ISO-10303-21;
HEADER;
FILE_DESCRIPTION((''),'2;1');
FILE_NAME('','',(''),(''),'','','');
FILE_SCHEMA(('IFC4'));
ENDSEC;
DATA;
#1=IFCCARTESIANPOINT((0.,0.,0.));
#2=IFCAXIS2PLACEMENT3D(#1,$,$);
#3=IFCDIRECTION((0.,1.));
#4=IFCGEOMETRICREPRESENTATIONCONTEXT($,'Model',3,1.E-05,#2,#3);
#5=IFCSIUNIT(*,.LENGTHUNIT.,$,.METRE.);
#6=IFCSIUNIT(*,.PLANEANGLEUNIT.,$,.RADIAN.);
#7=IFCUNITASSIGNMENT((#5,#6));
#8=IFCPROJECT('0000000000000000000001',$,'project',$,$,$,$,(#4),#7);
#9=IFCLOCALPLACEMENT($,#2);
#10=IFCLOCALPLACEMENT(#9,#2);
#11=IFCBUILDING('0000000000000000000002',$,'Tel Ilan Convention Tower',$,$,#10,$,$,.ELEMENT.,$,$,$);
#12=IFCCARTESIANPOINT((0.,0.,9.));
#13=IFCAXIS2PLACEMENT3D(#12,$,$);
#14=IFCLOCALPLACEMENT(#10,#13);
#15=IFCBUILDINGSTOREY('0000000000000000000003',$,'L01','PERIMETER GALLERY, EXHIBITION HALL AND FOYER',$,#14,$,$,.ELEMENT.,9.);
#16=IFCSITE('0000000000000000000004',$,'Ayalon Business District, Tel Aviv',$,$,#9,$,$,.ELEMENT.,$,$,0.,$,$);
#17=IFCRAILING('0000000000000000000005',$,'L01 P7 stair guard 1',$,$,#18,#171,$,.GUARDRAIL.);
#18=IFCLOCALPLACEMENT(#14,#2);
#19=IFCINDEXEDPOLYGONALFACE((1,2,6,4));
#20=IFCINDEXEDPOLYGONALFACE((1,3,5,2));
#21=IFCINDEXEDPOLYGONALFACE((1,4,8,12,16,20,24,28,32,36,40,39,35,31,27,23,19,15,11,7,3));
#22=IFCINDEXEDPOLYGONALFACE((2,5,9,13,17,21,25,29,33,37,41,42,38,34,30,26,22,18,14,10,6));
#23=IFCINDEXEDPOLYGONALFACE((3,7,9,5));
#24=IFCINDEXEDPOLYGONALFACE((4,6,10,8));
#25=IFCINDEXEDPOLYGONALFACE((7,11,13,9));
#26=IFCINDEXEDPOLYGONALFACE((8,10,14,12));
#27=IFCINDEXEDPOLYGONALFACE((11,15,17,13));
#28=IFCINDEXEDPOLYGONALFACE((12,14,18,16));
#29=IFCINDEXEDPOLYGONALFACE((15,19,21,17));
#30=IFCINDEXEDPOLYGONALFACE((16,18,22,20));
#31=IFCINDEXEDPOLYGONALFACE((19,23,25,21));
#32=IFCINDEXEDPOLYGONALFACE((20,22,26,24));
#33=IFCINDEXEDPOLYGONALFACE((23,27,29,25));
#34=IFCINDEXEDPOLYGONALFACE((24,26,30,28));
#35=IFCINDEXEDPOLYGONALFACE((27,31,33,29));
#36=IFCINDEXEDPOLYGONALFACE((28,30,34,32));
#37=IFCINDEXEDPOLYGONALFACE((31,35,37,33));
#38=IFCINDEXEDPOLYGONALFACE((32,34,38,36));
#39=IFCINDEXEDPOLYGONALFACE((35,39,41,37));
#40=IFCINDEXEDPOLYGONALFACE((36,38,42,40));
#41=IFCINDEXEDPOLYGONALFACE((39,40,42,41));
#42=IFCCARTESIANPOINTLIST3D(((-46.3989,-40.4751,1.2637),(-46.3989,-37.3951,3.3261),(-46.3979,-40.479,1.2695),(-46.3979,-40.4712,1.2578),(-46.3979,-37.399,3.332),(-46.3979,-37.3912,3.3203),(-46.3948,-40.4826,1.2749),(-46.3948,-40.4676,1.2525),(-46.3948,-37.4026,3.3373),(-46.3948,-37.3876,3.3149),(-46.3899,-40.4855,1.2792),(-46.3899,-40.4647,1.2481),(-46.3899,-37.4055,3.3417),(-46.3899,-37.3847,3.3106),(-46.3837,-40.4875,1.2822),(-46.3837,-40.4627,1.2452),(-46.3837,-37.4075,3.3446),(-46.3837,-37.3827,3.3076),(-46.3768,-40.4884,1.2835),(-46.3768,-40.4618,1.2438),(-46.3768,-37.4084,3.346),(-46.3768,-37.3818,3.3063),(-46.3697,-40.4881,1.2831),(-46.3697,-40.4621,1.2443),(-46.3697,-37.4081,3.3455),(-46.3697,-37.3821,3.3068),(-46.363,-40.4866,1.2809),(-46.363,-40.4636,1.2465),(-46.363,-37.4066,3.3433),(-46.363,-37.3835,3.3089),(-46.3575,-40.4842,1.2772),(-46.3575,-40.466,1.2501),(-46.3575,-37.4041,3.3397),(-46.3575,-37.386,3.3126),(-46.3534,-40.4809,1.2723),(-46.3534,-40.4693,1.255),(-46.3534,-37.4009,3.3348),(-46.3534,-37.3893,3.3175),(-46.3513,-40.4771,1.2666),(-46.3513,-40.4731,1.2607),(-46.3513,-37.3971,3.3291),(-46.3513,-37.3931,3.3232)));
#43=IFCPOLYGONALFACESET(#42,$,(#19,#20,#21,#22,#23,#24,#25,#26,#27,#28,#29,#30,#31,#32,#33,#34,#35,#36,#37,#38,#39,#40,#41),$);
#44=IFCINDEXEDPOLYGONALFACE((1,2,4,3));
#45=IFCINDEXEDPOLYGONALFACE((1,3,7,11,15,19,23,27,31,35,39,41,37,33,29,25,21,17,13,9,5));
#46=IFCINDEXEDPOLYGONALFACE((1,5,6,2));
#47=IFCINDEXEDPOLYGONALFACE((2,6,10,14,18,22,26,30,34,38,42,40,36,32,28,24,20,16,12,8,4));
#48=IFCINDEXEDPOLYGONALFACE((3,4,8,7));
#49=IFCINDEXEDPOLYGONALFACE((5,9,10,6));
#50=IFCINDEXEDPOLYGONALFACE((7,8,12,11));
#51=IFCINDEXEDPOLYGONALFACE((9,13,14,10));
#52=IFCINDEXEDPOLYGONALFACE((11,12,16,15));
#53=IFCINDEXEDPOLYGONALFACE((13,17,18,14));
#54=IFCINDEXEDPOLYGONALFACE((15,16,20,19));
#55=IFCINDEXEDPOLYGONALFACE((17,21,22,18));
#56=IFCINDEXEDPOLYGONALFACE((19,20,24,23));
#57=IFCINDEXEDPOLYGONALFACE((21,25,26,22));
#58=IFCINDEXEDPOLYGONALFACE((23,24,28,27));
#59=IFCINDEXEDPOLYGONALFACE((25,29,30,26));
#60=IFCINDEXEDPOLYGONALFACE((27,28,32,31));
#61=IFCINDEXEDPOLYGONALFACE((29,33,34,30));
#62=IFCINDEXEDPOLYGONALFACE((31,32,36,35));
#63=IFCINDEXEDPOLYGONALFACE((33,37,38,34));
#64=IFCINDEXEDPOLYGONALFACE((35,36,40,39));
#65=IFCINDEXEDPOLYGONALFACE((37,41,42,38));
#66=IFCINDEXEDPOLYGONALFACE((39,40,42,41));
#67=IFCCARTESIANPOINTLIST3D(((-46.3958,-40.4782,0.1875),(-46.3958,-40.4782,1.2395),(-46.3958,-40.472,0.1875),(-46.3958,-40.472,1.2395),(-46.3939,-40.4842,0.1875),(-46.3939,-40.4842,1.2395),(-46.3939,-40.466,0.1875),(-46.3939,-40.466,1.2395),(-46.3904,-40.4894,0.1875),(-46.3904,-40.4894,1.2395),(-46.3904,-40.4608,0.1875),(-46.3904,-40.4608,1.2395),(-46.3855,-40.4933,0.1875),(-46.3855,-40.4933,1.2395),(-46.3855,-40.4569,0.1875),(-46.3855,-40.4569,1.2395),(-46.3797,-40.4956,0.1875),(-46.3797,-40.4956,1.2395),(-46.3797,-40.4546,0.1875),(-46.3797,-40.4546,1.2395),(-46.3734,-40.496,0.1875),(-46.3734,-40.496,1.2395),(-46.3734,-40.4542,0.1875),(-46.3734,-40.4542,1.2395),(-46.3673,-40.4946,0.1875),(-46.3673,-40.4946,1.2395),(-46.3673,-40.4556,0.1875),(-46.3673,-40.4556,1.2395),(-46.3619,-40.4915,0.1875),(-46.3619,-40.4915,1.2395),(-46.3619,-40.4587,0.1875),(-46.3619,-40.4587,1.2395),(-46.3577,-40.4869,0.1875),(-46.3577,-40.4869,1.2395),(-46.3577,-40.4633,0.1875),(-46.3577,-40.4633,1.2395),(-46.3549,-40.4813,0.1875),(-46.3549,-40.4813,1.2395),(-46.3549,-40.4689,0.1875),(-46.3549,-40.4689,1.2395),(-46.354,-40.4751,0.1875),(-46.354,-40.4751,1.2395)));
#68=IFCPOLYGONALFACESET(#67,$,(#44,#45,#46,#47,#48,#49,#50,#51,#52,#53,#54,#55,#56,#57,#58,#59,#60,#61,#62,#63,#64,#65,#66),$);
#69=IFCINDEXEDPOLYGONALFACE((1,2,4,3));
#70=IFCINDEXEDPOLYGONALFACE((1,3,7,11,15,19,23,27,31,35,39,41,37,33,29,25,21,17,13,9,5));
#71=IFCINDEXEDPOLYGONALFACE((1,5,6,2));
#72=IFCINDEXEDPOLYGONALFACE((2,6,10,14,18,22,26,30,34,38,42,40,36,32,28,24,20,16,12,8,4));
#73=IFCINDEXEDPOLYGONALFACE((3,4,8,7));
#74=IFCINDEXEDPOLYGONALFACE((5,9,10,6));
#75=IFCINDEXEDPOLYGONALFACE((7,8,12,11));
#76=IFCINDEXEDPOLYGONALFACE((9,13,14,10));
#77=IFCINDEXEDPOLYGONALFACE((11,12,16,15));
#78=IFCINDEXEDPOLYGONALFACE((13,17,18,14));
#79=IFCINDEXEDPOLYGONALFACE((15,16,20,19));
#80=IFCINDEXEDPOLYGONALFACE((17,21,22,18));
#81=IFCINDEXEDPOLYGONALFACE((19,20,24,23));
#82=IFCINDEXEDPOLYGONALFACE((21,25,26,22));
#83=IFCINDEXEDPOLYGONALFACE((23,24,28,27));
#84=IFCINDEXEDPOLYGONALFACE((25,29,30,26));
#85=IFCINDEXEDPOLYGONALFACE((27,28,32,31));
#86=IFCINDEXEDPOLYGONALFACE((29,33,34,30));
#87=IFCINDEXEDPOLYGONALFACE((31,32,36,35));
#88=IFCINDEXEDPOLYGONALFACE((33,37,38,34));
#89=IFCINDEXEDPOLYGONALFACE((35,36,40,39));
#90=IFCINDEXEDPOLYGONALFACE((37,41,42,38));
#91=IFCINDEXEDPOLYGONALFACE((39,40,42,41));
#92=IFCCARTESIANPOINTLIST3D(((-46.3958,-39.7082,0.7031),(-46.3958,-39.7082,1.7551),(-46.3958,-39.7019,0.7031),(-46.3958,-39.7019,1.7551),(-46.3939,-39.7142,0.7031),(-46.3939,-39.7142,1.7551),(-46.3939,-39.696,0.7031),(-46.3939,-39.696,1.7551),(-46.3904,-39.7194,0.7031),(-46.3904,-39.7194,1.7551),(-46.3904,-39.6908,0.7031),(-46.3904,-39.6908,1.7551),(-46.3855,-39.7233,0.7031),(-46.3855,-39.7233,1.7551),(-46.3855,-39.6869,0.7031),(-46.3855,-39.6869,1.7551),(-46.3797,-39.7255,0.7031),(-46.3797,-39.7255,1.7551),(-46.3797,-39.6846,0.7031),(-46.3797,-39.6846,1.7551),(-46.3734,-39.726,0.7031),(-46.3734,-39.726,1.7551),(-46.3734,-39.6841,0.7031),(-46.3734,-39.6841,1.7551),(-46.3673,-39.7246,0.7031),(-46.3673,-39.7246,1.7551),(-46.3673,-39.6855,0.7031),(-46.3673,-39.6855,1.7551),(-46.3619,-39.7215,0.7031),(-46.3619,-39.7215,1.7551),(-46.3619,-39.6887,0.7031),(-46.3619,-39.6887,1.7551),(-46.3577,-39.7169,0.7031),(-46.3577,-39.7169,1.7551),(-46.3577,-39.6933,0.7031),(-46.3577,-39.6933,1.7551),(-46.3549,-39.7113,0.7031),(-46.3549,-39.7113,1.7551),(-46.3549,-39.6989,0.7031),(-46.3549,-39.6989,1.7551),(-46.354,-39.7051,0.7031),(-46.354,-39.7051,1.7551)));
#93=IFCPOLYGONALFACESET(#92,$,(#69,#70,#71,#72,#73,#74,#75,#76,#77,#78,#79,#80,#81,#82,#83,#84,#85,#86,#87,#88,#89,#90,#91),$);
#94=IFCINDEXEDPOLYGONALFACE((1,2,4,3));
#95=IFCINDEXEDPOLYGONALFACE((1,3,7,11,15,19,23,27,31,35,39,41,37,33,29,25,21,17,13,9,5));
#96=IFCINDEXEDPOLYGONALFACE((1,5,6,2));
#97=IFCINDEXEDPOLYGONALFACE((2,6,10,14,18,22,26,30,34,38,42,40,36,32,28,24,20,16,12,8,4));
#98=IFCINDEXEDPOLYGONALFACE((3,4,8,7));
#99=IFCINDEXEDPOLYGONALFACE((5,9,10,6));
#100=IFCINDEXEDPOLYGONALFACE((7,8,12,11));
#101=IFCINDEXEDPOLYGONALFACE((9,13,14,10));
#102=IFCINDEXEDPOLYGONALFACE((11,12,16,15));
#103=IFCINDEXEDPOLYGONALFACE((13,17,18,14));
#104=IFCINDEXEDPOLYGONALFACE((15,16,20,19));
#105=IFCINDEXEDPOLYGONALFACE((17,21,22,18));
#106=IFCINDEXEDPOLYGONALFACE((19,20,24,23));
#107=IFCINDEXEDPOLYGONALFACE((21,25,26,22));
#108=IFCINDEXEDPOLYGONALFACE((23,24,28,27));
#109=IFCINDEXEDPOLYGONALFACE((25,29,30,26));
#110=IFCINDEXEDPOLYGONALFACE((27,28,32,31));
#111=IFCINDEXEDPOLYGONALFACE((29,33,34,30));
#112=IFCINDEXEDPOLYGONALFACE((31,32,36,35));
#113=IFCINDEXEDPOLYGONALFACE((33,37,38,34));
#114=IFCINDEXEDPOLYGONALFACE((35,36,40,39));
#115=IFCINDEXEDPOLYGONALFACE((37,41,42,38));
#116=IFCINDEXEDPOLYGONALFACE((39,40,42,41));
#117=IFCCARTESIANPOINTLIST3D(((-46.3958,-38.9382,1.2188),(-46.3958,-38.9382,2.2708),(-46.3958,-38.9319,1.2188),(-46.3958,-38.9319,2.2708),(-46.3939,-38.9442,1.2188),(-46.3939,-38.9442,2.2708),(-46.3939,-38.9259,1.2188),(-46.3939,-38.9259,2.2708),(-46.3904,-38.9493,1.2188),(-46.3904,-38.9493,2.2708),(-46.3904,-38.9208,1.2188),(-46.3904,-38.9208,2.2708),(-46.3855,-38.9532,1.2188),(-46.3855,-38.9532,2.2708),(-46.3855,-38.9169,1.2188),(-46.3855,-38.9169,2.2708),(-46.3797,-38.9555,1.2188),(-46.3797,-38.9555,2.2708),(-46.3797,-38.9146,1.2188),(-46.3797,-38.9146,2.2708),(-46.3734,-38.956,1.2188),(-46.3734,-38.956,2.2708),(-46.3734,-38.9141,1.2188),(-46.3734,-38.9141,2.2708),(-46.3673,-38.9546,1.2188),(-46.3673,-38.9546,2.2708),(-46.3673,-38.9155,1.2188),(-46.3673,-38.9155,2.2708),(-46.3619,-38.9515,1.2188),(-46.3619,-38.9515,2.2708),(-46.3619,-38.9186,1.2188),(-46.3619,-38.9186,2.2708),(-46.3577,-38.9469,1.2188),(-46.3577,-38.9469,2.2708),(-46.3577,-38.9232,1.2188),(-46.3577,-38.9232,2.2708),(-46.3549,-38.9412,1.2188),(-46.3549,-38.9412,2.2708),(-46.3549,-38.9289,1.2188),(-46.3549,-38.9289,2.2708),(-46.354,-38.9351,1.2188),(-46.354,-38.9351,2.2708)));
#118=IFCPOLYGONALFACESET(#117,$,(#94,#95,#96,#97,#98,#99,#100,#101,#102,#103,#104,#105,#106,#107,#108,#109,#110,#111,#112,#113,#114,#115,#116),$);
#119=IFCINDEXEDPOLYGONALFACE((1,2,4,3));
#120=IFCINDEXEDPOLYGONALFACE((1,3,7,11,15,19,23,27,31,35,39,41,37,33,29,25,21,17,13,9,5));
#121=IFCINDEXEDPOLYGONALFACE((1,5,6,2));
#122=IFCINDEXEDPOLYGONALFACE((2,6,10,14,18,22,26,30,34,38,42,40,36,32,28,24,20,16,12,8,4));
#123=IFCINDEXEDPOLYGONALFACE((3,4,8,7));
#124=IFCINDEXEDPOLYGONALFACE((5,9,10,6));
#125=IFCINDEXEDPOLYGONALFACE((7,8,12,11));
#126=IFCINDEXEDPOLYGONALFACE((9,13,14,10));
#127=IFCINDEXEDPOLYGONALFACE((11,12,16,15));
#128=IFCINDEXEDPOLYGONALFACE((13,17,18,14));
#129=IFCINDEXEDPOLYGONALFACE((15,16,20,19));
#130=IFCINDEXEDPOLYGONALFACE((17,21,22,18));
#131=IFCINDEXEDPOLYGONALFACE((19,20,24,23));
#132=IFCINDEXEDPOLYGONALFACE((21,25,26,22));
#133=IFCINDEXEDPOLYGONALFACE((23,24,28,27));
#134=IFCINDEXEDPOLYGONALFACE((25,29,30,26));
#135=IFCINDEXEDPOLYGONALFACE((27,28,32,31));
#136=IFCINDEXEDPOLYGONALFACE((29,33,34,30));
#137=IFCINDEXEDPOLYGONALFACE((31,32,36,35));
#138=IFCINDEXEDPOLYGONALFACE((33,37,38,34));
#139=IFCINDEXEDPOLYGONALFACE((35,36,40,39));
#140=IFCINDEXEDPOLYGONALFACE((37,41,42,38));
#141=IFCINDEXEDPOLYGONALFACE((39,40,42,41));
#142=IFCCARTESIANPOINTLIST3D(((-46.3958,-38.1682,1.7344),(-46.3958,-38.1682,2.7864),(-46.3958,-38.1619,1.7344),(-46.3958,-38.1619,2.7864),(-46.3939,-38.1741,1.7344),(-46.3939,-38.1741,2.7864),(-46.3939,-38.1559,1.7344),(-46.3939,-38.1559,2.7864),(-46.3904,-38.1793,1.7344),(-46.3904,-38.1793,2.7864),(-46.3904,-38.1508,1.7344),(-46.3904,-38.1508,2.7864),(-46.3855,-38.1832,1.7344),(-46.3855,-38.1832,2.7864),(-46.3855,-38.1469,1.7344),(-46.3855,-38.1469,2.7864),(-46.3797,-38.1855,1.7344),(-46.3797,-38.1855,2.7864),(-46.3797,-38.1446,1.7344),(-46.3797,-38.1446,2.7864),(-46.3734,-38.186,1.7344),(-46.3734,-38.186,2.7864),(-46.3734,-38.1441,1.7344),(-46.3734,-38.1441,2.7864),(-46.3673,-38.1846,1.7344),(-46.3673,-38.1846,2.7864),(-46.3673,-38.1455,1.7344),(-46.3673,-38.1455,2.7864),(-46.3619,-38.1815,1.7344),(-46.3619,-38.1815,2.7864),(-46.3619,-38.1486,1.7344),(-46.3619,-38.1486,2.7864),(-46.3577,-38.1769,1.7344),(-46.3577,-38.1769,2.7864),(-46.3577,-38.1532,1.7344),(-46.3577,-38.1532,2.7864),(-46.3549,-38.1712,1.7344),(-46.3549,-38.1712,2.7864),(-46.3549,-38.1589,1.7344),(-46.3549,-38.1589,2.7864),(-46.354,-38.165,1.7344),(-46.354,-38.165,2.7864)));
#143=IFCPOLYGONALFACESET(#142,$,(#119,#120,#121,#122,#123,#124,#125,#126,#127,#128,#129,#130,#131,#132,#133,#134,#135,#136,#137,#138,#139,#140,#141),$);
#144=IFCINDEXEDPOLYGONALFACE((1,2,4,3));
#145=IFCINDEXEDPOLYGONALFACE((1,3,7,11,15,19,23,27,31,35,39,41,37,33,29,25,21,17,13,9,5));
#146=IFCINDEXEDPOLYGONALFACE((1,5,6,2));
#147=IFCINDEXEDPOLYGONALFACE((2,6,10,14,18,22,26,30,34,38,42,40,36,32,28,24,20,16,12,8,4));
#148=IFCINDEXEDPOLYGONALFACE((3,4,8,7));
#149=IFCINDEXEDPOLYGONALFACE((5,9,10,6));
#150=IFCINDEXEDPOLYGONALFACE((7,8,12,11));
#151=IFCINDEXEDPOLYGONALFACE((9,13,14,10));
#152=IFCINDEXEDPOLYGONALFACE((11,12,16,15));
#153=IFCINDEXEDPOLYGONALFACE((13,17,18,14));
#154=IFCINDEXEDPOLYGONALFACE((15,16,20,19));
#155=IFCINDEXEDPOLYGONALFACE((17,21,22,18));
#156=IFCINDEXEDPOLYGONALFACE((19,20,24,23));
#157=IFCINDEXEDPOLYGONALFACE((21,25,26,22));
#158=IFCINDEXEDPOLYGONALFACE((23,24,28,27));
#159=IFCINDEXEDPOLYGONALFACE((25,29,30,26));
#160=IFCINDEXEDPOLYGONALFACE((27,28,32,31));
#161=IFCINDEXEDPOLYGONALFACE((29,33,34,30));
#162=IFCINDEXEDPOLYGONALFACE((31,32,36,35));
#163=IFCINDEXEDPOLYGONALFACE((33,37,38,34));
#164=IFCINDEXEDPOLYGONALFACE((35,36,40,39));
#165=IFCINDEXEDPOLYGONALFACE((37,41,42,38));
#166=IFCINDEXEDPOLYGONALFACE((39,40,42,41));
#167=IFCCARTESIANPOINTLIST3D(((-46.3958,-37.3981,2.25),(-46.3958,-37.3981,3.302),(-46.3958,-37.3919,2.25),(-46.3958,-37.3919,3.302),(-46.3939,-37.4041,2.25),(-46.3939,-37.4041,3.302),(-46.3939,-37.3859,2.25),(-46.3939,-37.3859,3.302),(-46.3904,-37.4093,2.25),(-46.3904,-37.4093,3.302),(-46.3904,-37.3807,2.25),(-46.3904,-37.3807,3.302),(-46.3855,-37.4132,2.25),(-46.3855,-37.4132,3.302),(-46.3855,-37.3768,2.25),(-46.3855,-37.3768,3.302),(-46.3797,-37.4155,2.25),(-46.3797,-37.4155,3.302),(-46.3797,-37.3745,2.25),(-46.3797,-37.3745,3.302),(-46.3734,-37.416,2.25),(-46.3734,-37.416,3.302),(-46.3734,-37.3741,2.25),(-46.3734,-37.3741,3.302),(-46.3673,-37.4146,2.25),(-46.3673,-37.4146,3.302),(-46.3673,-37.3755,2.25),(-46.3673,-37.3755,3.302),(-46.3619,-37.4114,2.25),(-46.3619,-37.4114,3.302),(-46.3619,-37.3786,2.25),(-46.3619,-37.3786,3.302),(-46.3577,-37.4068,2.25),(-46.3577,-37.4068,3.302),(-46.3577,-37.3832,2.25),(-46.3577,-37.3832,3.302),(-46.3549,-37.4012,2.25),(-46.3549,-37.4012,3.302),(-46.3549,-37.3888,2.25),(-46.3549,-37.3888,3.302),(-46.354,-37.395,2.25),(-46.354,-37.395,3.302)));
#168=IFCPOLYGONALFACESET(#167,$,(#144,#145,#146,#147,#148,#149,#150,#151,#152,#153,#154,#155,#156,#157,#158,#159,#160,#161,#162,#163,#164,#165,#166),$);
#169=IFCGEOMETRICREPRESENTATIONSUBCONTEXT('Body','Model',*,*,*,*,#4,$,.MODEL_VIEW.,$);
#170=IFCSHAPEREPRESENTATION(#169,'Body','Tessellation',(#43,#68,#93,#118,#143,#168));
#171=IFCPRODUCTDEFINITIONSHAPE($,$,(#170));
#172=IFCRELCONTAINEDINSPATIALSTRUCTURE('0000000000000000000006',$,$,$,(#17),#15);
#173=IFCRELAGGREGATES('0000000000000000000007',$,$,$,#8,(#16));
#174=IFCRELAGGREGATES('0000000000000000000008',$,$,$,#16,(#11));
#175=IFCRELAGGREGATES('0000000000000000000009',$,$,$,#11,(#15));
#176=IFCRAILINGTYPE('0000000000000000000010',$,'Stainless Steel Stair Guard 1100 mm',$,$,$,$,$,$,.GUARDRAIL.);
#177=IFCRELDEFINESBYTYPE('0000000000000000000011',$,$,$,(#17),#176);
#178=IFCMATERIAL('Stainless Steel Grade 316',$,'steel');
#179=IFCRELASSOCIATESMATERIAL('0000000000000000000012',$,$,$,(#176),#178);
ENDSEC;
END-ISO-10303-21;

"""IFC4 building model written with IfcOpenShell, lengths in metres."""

from ifc_helpers import new_model, si_unit, direction, frame, origin, origin_2d, place, context, subcontext, project, spatial, circle, extrude, material, type_object, element, save


model = new_model("IFC4")

# Units and contexts
model_context = context("Model", 3, precision=1e-05, world=origin(), true_north=direction((0.0, 1.0)))
body_context = subcontext(model_context, "Body", "Model", "MODEL_VIEW")
ifc_project = project(units=[si_unit("LENGTHUNIT", "METRE"), si_unit("PLANEANGLEUNIT", "RADIAN")], contexts=[model_context])

# Site, building, storey
site_placement = place(None, origin())
site = spatial("IfcSite", under=ifc_project, at=site_placement, Name="Ayalon Business District, Tel Aviv", CompositionType="ELEMENT", RefElevation=0.0)
building_placement = place(site_placement, origin())
building = spatial("IfcBuilding", under=site, at=building_placement, Name="Tel Ilan Convention Tower", CompositionType="ELEMENT")
storey_placement = place(building_placement, frame((0.0, 0.0, 9.0)))
storey = spatial("IfcBuildingStorey", under=building, at=storey_placement, Name="L01", Description="PERIMETER GALLERY, EXHIBITION HALL AND FOYER", CompositionType="ELEMENT", Elevation=9.0)

# Railing
ifc_material_1 = material(Name="Stainless Steel Grade 316", Category="steel")
railing_type_1 = type_object("IfcRailingType", Name="Stainless Steel Stair Guard 1100 mm", PredefinedType="GUARDRAIL", material=ifc_material_1)
railing_1_placement = place(storey_placement, frame((-46.375, -40.4751, 0.1875)))
element("IfcRailing", 1, at=railing_1_placement, inside=storey, type_object=railing_type_1, Name="L01 P7 stair guard 1", PredefinedType="GUARDRAIL", context=body_context, shape_type="SweptSolid", body=[
    extrude(circle(Radius=0.0239, at=origin_2d()), frame((0.0, 0.0, 1.0762), z_axis=(0.0, 0.830914, 0.556401), x_axis=(-1.0, 0.0, 0.0)), (0.0, 0.0, 1.0), 3.7068),
    extrude(circle(Radius=0.021, at=origin_2d()), origin(), (0.0, 0.0, 1.0), 1.052),
    extrude(circle(Radius=0.021, at=origin_2d()), frame((0.0, 0.77, 0.5156)), (0.0, 0.0, 1.0), 1.052),
    extrude(circle(Radius=0.021, at=origin_2d()), frame((0.0, 1.54, 1.0312)), (0.0, 0.0, 1.0), 1.052),
    extrude(circle(Radius=0.021, at=origin_2d()), frame((0.0, 2.3101, 1.5469)), (0.0, 0.0, 1.0), 1.052),
    extrude(circle(Radius=0.021, at=origin_2d()), frame((0.0, 3.0801, 2.0625)), (0.0, 0.0, 1.0), 1.052),
])

save(model, "model.ifc")
